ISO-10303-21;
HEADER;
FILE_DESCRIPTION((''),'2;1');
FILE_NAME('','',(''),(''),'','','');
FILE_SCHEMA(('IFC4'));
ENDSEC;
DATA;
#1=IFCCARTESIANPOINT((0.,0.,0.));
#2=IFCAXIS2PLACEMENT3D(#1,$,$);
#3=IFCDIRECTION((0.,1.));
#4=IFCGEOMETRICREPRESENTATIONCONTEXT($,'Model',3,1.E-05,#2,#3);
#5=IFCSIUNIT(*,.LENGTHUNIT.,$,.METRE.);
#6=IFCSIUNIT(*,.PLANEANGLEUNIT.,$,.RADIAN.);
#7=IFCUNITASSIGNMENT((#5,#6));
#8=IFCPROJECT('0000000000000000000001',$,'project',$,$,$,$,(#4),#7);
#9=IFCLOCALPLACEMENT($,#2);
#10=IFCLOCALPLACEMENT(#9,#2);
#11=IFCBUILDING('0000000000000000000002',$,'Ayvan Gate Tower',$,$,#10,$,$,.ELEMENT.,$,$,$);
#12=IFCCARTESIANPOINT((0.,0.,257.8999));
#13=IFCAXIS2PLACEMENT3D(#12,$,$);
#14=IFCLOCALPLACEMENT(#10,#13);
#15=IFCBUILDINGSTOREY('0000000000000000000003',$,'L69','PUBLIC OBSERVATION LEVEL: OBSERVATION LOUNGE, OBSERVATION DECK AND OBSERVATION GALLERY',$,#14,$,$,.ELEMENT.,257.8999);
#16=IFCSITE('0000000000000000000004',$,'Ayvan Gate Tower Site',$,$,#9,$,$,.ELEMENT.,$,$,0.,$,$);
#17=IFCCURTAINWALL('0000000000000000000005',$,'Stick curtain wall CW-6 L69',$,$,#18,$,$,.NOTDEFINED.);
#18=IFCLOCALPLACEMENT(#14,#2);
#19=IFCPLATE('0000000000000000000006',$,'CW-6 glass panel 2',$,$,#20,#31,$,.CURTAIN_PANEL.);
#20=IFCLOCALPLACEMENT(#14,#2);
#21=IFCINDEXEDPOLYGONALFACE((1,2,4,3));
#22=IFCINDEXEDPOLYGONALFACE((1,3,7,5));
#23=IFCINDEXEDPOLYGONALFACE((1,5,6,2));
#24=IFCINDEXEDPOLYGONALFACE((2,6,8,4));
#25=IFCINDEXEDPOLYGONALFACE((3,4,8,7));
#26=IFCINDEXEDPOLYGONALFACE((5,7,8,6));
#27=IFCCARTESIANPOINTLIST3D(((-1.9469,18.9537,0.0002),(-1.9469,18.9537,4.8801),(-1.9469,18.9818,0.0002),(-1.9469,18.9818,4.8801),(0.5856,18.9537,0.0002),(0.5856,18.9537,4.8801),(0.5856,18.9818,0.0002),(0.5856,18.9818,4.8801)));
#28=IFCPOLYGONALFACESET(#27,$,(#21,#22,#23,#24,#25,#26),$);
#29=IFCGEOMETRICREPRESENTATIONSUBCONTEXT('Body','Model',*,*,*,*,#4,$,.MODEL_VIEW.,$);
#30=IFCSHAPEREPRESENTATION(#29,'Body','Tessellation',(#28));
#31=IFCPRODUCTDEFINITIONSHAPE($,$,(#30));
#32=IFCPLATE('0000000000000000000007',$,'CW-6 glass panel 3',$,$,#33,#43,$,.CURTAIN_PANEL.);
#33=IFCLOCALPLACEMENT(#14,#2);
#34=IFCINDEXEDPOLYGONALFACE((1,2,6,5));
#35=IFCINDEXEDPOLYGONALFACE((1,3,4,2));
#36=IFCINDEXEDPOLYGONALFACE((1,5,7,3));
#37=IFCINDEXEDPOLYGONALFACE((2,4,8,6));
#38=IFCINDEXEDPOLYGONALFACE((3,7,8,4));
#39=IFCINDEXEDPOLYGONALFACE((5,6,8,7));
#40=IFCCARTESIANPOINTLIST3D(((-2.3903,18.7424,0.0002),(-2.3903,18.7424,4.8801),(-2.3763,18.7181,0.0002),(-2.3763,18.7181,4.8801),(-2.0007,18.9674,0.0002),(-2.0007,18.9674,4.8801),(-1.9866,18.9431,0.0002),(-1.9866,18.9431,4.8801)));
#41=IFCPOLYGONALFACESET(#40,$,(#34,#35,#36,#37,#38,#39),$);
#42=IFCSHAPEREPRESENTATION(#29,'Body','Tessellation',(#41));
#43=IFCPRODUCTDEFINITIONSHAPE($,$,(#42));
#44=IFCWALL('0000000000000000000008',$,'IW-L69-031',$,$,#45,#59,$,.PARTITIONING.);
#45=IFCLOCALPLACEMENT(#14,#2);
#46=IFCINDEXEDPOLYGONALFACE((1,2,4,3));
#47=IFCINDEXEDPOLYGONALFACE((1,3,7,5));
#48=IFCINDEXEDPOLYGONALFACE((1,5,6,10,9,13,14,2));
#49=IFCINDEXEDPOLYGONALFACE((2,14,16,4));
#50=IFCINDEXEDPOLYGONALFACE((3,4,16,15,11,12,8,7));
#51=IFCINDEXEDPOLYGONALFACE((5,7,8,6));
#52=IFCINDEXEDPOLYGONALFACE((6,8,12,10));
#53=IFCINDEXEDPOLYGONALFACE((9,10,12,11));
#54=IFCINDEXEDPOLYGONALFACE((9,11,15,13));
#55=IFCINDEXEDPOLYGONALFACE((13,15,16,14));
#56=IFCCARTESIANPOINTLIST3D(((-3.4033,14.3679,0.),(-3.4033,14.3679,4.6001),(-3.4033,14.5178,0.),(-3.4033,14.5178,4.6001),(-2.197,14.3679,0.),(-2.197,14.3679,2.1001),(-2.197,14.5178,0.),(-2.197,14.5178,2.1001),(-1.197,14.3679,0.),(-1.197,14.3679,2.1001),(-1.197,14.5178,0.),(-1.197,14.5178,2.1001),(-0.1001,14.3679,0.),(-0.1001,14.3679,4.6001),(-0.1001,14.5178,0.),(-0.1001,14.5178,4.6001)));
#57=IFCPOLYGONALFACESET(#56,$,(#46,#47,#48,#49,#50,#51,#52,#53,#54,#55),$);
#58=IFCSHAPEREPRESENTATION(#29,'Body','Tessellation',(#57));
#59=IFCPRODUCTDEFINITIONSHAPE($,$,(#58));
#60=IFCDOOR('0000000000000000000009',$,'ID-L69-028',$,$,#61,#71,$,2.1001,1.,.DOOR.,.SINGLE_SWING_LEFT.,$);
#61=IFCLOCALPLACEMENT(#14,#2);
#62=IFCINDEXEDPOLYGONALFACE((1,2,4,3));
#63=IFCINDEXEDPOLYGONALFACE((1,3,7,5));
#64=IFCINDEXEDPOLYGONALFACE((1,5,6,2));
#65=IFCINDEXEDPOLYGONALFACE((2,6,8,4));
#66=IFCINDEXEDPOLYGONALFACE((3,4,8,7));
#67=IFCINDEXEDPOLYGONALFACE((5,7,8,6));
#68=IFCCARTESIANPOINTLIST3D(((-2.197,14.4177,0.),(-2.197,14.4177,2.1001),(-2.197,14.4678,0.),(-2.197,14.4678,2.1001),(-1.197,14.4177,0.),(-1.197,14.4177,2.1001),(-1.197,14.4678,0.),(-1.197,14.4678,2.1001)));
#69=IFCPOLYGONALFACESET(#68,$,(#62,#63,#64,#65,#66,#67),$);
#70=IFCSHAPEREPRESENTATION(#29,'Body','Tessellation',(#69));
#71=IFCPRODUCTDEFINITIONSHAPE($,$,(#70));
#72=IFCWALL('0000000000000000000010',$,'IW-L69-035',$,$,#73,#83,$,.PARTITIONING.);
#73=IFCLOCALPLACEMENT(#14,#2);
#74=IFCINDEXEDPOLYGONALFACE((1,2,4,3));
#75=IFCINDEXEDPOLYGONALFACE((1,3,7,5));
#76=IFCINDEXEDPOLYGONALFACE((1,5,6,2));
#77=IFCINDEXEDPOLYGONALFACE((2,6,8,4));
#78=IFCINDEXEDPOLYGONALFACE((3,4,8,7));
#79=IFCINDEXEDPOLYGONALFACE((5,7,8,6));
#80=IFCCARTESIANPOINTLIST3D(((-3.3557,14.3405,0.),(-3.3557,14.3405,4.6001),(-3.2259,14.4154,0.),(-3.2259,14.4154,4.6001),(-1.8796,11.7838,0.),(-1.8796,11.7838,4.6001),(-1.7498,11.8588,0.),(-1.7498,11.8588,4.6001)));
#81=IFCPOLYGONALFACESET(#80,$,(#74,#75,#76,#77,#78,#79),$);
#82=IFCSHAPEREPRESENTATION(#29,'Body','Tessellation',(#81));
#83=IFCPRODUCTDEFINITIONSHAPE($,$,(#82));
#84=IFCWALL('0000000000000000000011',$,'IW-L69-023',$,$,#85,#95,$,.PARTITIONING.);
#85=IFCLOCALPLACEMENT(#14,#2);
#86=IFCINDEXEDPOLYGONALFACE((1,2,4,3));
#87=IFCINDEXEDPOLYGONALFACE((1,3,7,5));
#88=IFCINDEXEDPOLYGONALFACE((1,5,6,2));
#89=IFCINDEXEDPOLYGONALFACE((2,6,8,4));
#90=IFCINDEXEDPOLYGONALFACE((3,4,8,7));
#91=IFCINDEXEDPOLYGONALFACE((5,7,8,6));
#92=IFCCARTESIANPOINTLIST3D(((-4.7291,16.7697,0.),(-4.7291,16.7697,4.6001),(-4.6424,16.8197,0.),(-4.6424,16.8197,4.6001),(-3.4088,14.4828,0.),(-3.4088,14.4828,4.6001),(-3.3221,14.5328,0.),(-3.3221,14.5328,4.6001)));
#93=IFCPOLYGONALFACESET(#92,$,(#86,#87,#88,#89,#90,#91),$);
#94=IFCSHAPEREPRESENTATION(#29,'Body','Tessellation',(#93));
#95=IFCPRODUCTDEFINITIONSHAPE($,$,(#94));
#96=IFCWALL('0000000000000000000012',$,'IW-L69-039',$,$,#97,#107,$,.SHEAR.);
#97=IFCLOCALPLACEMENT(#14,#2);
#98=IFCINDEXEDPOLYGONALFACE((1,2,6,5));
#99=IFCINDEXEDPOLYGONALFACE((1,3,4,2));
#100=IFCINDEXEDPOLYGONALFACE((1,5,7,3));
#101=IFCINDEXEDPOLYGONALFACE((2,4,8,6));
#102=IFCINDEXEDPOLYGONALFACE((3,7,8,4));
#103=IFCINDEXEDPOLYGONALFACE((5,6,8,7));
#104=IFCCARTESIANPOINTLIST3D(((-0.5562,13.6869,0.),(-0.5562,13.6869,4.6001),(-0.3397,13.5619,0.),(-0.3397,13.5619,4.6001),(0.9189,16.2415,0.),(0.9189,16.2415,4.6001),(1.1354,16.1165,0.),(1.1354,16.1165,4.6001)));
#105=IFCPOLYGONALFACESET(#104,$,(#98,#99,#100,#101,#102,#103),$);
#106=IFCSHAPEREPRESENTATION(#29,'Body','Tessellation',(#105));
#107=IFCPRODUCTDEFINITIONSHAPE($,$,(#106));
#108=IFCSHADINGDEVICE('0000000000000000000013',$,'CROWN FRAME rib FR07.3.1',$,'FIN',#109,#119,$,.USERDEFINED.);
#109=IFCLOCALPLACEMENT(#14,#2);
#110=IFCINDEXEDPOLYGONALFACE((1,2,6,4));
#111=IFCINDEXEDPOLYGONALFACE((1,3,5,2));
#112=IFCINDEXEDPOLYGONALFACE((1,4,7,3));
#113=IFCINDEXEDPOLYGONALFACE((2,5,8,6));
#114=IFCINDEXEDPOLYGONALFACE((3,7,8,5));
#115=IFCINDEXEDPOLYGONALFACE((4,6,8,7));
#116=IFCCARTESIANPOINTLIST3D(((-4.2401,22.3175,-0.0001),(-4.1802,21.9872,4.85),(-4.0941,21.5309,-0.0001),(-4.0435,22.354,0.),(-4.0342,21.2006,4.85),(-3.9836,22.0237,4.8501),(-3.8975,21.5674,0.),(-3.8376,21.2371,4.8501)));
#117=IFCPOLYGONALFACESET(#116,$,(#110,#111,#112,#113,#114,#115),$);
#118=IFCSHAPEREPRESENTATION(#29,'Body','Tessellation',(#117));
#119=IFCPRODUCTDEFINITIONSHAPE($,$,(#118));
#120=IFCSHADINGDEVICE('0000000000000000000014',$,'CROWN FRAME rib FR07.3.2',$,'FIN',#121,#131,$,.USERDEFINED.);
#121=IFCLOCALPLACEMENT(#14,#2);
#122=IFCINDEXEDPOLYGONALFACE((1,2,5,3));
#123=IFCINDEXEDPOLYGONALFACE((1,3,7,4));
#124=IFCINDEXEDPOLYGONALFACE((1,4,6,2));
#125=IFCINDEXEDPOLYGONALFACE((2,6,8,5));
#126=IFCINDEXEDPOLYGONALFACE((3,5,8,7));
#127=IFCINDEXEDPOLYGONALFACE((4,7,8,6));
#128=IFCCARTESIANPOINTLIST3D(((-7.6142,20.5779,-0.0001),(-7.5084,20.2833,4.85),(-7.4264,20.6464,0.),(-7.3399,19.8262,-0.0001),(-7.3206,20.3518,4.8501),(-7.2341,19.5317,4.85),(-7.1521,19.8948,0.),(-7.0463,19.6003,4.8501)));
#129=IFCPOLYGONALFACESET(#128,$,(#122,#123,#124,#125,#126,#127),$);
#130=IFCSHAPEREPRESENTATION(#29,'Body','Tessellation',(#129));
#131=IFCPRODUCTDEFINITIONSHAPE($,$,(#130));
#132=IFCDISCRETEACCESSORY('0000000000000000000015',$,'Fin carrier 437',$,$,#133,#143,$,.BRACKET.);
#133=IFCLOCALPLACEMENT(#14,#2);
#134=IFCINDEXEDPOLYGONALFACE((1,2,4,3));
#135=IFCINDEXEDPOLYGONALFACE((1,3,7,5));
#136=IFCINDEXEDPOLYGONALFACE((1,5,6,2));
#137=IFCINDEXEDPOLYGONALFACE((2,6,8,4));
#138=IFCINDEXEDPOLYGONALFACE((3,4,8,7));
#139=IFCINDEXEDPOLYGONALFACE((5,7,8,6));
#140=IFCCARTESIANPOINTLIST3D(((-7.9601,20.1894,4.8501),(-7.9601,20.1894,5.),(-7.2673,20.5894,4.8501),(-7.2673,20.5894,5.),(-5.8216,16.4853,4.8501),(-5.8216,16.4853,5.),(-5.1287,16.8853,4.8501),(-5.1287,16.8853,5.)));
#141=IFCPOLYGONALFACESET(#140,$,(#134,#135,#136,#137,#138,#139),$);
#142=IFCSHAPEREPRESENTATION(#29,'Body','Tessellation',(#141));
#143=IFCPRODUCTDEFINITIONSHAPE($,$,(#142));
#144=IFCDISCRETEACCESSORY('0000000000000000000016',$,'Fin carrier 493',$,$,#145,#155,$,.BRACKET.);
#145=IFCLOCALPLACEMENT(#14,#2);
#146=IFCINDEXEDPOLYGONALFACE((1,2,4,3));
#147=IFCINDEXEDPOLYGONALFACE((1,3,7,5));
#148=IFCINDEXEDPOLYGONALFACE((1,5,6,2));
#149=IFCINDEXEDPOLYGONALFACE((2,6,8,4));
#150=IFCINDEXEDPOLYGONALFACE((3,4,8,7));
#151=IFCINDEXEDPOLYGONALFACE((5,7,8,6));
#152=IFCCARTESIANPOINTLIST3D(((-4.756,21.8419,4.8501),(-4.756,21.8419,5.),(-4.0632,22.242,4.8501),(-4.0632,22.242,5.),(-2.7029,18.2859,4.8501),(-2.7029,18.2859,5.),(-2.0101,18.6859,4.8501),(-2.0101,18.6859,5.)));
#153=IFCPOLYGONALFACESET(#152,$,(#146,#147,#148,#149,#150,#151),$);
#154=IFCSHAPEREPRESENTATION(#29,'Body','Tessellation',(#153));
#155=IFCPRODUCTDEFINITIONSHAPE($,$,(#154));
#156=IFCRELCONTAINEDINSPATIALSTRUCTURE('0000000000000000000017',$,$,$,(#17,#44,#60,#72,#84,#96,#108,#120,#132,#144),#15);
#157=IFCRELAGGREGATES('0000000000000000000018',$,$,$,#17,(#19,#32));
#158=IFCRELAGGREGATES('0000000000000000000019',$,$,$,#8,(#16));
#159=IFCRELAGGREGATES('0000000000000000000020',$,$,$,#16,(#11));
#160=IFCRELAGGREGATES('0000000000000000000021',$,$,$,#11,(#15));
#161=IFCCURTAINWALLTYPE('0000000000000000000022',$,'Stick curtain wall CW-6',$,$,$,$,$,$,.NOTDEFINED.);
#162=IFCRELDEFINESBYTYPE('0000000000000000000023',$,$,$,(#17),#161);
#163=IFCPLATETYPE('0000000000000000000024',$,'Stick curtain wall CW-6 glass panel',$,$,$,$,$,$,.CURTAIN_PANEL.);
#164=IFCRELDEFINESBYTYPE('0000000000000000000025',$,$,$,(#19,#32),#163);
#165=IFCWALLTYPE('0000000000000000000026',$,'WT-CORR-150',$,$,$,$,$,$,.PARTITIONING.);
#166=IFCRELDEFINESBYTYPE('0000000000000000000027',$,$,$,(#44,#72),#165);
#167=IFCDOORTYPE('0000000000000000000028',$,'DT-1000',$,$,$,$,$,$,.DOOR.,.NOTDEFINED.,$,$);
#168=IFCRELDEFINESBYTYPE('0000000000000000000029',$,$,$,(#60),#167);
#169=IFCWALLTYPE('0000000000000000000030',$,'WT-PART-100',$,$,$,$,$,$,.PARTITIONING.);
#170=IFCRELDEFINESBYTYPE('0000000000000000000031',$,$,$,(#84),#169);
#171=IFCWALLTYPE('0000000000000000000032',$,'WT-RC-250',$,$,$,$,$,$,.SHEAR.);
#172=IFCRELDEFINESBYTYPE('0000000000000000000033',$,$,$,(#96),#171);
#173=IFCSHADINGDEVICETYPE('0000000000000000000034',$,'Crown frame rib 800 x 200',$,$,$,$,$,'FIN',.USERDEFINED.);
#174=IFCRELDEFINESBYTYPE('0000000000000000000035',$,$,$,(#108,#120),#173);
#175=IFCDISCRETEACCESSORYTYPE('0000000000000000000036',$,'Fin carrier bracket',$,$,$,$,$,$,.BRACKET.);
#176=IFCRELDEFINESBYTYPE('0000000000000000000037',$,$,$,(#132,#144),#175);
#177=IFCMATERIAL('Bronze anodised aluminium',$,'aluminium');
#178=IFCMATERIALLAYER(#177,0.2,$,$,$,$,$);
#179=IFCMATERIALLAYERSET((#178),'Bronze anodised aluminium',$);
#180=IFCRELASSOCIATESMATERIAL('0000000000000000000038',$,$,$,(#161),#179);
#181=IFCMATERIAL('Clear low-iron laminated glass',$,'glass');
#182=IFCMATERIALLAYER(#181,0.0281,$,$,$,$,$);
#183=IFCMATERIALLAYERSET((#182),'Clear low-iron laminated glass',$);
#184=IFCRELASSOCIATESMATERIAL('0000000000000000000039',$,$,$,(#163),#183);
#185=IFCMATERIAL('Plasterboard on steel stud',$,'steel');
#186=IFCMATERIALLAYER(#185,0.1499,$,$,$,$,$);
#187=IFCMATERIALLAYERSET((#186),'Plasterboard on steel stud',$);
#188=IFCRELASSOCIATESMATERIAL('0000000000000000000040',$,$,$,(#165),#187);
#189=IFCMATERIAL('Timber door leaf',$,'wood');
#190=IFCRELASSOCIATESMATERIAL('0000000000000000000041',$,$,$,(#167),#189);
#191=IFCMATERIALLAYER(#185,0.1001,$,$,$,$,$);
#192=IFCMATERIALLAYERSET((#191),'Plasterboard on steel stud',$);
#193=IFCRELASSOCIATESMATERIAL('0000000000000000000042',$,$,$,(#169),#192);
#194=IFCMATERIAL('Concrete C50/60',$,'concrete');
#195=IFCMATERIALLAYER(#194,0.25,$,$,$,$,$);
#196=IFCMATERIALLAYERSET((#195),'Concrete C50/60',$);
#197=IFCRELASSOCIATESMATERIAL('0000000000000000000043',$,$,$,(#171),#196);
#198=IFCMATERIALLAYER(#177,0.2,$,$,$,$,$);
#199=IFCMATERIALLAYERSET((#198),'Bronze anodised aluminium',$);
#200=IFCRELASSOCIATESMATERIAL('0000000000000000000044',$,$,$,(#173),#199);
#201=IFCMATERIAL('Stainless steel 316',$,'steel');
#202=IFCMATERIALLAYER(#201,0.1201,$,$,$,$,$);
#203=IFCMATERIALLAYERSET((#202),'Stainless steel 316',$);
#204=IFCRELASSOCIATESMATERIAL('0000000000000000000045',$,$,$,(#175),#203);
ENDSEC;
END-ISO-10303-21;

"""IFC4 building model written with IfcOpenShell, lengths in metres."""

from ifc_helpers import new_model, si_unit, direction, frame, frame_2d, origin, origin_2d, place, context, subcontext, project, spatial, polyline, rectangle, outline, extrude, material, layer, layer_set, type_object, element, fill, aggregate, save


model = new_model("IFC4")

# Units and contexts
model_context = context("Model", 3, precision=1e-05, world=origin(), true_north=direction((0.0, 1.0)))
body_context = subcontext(model_context, "Body", "Model", "MODEL_VIEW")
ifc_project = project(units=[si_unit("LENGTHUNIT", "METRE"), si_unit("PLANEANGLEUNIT", "RADIAN")], contexts=[model_context])

# Site, building, storey
site_placement = place(None, origin())
site = spatial("IfcSite", under=ifc_project, at=site_placement, Name="Ayvan Gate Tower Site", CompositionType="ELEMENT", RefElevation=0.0)
building_placement = place(site_placement, origin())
building = spatial("IfcBuilding", under=site, at=building_placement, Name="Ayvan Gate Tower", CompositionType="ELEMENT")
storey_placement = place(building_placement, frame((0.0, 0.0, 257.8999)))
storey = spatial("IfcBuildingStorey", under=building, at=storey_placement, Name="L69", Description="PUBLIC OBSERVATION LEVEL: OBSERVATION LOUNGE, OBSERVATION DECK AND OBSERVATION GALLERY", CompositionType="ELEMENT", Elevation=257.8999)

# Shared definitions
ifc_material_1 = material(Name="Concrete C50/60", Category="concrete")

# Curtain wall
ifc_material_2 = material(Name="Bronze anodised aluminium", Category="aluminium")
ifc_layer_1 = layer(ifc_material_2, 0.2)
ifc_layer_set_1 = layer_set([ifc_layer_1], Name="Bronze anodised aluminium")
curtain_wall_type_1 = type_object("IfcCurtainWallType", Name="Stick curtain wall CW-6", PredefinedType="NOTDEFINED", material=ifc_layer_set_1)
curtain_wall_1_placement = place(storey_placement, origin())
curtain_wall_1 = element("IfcCurtainWall", 1, at=curtain_wall_1_placement, inside=storey, type_object=curtain_wall_type_1, Name="Stick curtain wall CW-6 L69", PredefinedType="NOTDEFINED")

# Plates
ifc_material_3 = material(Name="Clear low-iron laminated glass", Category="glass")
ifc_layer_2 = layer(ifc_material_3, 0.0281)
ifc_layer_set_2 = layer_set([ifc_layer_2], Name="Clear low-iron laminated glass")
plate_type_1 = type_object("IfcPlateType", Name="Stick curtain wall CW-6 glass panel", PredefinedType="CURTAIN_PANEL", material=ifc_layer_set_2)
plate_1_placement = place(storey_placement, frame((-0.6807, 18.9678, 0.0002), z_axis=(0.0, 0.0, 1.0), x_axis=(-1.0, 0.0, 0.0)))
plate_1 = element("IfcPlate", 2, at=plate_1_placement, type_object=plate_type_1, Name="CW-6 glass panel 2", PredefinedType="CURTAIN_PANEL", context=body_context, shape_type="SweptSolid", body=[
    extrude(rectangle(XDim=2.5325, YDim=0.0281, at=origin_2d()), origin(), (0.0, 0.0, 1.0), 4.8799),
])
plate_2_placement = place(storey_placement, frame((-2.1885, 18.8428, 0.0002), z_axis=(0.0, 0.0, 1.0), x_axis=(-0.866025, -0.5, 0.0)))
plate_2 = element("IfcPlate", 3, at=plate_2_placement, type_object=plate_type_1, Name="CW-6 glass panel 3", PredefinedType="CURTAIN_PANEL", context=body_context, shape_type="SweptSolid", body=[
    extrude(rectangle(XDim=0.45, YDim=0.0281, at=origin_2d()), origin(), (0.0, 0.0, 1.0), 4.8799),
])
aggregate(curtain_wall_1, [plate_1, plate_2])

# Wall, opening, door
ifc_material_4 = material(Name="Plasterboard on steel stud", Category="steel")
ifc_layer_3 = layer(ifc_material_4, 0.1499)
ifc_layer_set_3 = layer_set([ifc_layer_3], Name="Plasterboard on steel stud")
wall_type_1 = type_object("IfcWallType", Name="WT-CORR-150", PredefinedType="PARTITIONING", material=ifc_layer_set_3)
wall_1_placement = place(storey_placement, frame((-3.4033, 14.4429, 0.0), z_axis=(0.0, 0.0, 1.0), x_axis=(1.0, 0.0, 0.0)))
wall_1 = element("IfcWall", 4, at=wall_1_placement, inside=storey, type_object=wall_type_1, Name="IW-L69-031", PredefinedType="PARTITIONING", context=body_context, shape_type="SweptSolid", body=[
    extrude(rectangle(XDim=3.3032, YDim=0.1499, at=frame_2d((1.6516, 0.0))), origin(), (0.0, 0.0, 1.0), 4.6001),
])
opening_placement = place(wall_1_placement, frame((1.2063, 0.0, 0.0)))
opening = element("IfcOpeningElement", 5, at=opening_placement, cuts=wall_1, PredefinedType="OPENING", context=body_context, shape_type="SweptSolid", body=[
    extrude(rectangle(XDim=1.0, YDim=2.1001, at=frame_2d((0.5, 1.05))), frame((0.0, 0.085, 0.0), z_axis=(0.0, -1.0, 0.0), x_axis=(1.0, 0.0, 0.0)), (0.0, 0.0, 1.0), 0.1699),
])
ifc_material_5 = material(Name="Timber door leaf", Category="wood")
door_type = type_object("IfcDoorType", Name="DT-1000", OperationType="NOTDEFINED", PredefinedType="DOOR", material=ifc_material_5)
door_placement = place(opening_placement, origin())
door = element("IfcDoor", 6, at=door_placement, inside=storey, type_object=door_type, Name="ID-L69-028", OperationType="SINGLE_SWING_LEFT", OverallHeight=2.1001, OverallWidth=1.0, PredefinedType="DOOR", context=body_context, shape_type="SweptSolid", body=[
    extrude(rectangle(XDim=1.0, YDim=2.1001, at=frame_2d((0.5, 1.05))), frame((0.0, 0.0249, 0.0), z_axis=(0.0, -1.0, 0.0), x_axis=(1.0, 0.0, 0.0)), (0.0, 0.0, 1.0), 0.05),
])
fill(opening, door)

# Walls
wall_2_placement = place(storey_placement, frame((-1.8147, 11.8213, 0.0), z_axis=(0.0, 0.0, 1.0), x_axis=(-0.499999, 0.866026, 0.0)))
element("IfcWall", 7, at=wall_2_placement, inside=storey, type_object=wall_type_1, Name="IW-L69-035", PredefinedType="PARTITIONING", context=body_context, shape_type="SweptSolid", body=[
    extrude(rectangle(XDim=2.9521, YDim=0.1499, at=frame_2d((1.4761, 0.0))), origin(), (0.0, 0.0, 1.0), 4.6001),
])
ifc_layer_4 = layer(ifc_material_4, 0.1001)
ifc_layer_set_4 = layer_set([ifc_layer_4], Name="Plasterboard on steel stud")
wall_type_2 = type_object("IfcWallType", Name="WT-PART-100", PredefinedType="PARTITIONING", material=ifc_layer_set_4)
wall_3_placement = place(storey_placement, frame((-4.6858, 16.7947, 0.0), z_axis=(0.0, 0.0, 1.0), x_axis=(0.499997, -0.866027, 0.0)))
element("IfcWall", 8, at=wall_3_placement, inside=storey, type_object=wall_type_2, Name="IW-L69-023", PredefinedType="PARTITIONING", context=body_context, shape_type="SweptSolid", body=[
    extrude(rectangle(XDim=2.6406, YDim=0.1001, at=frame_2d((1.3203, 0.0))), origin(), (0.0, 0.0, 1.0), 4.6001),
])
ifc_layer_5 = layer(ifc_material_1, 0.25)
ifc_layer_set_5 = layer_set([ifc_layer_5], Name="Concrete C50/60")
wall_type_3 = type_object("IfcWallType", Name="WT-RC-250", PredefinedType="SHEAR", material=ifc_layer_set_5)
wall_4_placement = place(storey_placement, frame((-0.448, 13.6243, 0.0), z_axis=(0.0, 0.0, 1.0), x_axis=(0.500038, 0.866004, 0.0)))
element("IfcWall", 9, at=wall_4_placement, inside=storey, type_object=wall_type_3, Name="IW-L69-039", PredefinedType="SHEAR", context=body_context, shape_type="SweptSolid", body=[
    extrude(rectangle(XDim=2.95, YDim=0.25, at=frame_2d((1.4751, 0.0))), origin(), (0.0, 0.0, 1.0), 4.6001),
])

# Shading devices
ifc_layer_6 = layer(ifc_material_2, 0.2)
ifc_layer_set_6 = layer_set([ifc_layer_6], Name="Bronze anodised aluminium")
shading_device_type = type_object("IfcShadingDeviceType", Name="Crown frame rib 800 x 200", ElementType="FIN", PredefinedType="USERDEFINED", material=ifc_layer_set_6)
shading_device_1_placement = place(storey_placement, frame((-3.8975, 21.5674, 0.0), z_axis=(0.983209, 0.182483, 0.000303), x_axis=(-0.182483, 0.983209, 0.0)))
element("IfcShadingDevice", 10, at=shading_device_1_placement, inside=storey, type_object=shading_device_type, Name="CROWN FRAME rib FR07.3.1", ObjectType="FIN", PredefinedType="USERDEFINED", context=body_context, shape_type="SweptSolid", body=[
    extrude(outline(polyline([(0.0, 0.0), (0.8001, 0.0), (0.4644, 4.8501), (-0.3357, 4.8501), (0.0, 0.0)])), origin(), (0.0, 0.0, -1.0), 0.2),
])
shading_device_2_placement = place(storey_placement, frame((-7.1521, 19.8948, 0.0), z_axis=(0.939396, 0.342833, 0.000322), x_axis=(-0.342833, 0.939396, 0.0)))
element("IfcShadingDevice", 11, at=shading_device_2_placement, inside=storey, type_object=shading_device_type, Name="CROWN FRAME rib FR07.3.2", ObjectType="FIN", PredefinedType="USERDEFINED", context=body_context, shape_type="SweptSolid", body=[
    extrude(outline(polyline([(0.0, 0.0), (0.8001, 0.0), (0.4871, 4.8501), (-0.3129, 4.8501), (0.0, 0.0)])), origin(), (0.0, 0.0, -1.0), 0.2),
])

# Discrete accessories
ifc_material_6 = material(Name="Stainless steel 316", Category="steel")
ifc_layer_7 = layer(ifc_material_6, 0.1201)
ifc_layer_set_7 = layer_set([ifc_layer_7], Name="Stainless steel 316")
discrete_accessory_type = type_object("IfcDiscreteAccessoryType", Name="Fin carrier bracket", PredefinedType="BRACKET", material=ifc_layer_set_7)
discrete_accessory_1_placement = place(storey_placement, frame((-6.5444, 18.5374, 4.8501), z_axis=(0.0, 0.0, 1.0), x_axis=(-0.866025, -0.5, 0.0)))
element("IfcDiscreteAccessory", 12, at=discrete_accessory_1_placement, inside=storey, type_object=discrete_accessory_type, Name="Fin carrier 437", PredefinedType="BRACKET", context=body_context, shape_type="SweptSolid", body=[
    extrude(rectangle(XDim=0.8, YDim=4.2771, at=origin_2d()), origin(), (0.0, 0.0, 1.0), 0.1499),
])
discrete_accessory_2_placement = place(storey_placement, frame((-3.3831, 20.2639, 4.8501), z_axis=(0.0, 0.0, 1.0), x_axis=(-0.866025, -0.5, 0.0)))
element("IfcDiscreteAccessory", 13, at=discrete_accessory_2_placement, inside=storey, type_object=discrete_accessory_type, Name="Fin carrier 493", PredefinedType="BRACKET", context=body_context, shape_type="SweptSolid", body=[
    extrude(rectangle(XDim=0.8, YDim=4.1062, at=origin_2d()), origin(), (0.0, 0.0, 1.0), 0.1499),
])

save(model, "model.ifc")
